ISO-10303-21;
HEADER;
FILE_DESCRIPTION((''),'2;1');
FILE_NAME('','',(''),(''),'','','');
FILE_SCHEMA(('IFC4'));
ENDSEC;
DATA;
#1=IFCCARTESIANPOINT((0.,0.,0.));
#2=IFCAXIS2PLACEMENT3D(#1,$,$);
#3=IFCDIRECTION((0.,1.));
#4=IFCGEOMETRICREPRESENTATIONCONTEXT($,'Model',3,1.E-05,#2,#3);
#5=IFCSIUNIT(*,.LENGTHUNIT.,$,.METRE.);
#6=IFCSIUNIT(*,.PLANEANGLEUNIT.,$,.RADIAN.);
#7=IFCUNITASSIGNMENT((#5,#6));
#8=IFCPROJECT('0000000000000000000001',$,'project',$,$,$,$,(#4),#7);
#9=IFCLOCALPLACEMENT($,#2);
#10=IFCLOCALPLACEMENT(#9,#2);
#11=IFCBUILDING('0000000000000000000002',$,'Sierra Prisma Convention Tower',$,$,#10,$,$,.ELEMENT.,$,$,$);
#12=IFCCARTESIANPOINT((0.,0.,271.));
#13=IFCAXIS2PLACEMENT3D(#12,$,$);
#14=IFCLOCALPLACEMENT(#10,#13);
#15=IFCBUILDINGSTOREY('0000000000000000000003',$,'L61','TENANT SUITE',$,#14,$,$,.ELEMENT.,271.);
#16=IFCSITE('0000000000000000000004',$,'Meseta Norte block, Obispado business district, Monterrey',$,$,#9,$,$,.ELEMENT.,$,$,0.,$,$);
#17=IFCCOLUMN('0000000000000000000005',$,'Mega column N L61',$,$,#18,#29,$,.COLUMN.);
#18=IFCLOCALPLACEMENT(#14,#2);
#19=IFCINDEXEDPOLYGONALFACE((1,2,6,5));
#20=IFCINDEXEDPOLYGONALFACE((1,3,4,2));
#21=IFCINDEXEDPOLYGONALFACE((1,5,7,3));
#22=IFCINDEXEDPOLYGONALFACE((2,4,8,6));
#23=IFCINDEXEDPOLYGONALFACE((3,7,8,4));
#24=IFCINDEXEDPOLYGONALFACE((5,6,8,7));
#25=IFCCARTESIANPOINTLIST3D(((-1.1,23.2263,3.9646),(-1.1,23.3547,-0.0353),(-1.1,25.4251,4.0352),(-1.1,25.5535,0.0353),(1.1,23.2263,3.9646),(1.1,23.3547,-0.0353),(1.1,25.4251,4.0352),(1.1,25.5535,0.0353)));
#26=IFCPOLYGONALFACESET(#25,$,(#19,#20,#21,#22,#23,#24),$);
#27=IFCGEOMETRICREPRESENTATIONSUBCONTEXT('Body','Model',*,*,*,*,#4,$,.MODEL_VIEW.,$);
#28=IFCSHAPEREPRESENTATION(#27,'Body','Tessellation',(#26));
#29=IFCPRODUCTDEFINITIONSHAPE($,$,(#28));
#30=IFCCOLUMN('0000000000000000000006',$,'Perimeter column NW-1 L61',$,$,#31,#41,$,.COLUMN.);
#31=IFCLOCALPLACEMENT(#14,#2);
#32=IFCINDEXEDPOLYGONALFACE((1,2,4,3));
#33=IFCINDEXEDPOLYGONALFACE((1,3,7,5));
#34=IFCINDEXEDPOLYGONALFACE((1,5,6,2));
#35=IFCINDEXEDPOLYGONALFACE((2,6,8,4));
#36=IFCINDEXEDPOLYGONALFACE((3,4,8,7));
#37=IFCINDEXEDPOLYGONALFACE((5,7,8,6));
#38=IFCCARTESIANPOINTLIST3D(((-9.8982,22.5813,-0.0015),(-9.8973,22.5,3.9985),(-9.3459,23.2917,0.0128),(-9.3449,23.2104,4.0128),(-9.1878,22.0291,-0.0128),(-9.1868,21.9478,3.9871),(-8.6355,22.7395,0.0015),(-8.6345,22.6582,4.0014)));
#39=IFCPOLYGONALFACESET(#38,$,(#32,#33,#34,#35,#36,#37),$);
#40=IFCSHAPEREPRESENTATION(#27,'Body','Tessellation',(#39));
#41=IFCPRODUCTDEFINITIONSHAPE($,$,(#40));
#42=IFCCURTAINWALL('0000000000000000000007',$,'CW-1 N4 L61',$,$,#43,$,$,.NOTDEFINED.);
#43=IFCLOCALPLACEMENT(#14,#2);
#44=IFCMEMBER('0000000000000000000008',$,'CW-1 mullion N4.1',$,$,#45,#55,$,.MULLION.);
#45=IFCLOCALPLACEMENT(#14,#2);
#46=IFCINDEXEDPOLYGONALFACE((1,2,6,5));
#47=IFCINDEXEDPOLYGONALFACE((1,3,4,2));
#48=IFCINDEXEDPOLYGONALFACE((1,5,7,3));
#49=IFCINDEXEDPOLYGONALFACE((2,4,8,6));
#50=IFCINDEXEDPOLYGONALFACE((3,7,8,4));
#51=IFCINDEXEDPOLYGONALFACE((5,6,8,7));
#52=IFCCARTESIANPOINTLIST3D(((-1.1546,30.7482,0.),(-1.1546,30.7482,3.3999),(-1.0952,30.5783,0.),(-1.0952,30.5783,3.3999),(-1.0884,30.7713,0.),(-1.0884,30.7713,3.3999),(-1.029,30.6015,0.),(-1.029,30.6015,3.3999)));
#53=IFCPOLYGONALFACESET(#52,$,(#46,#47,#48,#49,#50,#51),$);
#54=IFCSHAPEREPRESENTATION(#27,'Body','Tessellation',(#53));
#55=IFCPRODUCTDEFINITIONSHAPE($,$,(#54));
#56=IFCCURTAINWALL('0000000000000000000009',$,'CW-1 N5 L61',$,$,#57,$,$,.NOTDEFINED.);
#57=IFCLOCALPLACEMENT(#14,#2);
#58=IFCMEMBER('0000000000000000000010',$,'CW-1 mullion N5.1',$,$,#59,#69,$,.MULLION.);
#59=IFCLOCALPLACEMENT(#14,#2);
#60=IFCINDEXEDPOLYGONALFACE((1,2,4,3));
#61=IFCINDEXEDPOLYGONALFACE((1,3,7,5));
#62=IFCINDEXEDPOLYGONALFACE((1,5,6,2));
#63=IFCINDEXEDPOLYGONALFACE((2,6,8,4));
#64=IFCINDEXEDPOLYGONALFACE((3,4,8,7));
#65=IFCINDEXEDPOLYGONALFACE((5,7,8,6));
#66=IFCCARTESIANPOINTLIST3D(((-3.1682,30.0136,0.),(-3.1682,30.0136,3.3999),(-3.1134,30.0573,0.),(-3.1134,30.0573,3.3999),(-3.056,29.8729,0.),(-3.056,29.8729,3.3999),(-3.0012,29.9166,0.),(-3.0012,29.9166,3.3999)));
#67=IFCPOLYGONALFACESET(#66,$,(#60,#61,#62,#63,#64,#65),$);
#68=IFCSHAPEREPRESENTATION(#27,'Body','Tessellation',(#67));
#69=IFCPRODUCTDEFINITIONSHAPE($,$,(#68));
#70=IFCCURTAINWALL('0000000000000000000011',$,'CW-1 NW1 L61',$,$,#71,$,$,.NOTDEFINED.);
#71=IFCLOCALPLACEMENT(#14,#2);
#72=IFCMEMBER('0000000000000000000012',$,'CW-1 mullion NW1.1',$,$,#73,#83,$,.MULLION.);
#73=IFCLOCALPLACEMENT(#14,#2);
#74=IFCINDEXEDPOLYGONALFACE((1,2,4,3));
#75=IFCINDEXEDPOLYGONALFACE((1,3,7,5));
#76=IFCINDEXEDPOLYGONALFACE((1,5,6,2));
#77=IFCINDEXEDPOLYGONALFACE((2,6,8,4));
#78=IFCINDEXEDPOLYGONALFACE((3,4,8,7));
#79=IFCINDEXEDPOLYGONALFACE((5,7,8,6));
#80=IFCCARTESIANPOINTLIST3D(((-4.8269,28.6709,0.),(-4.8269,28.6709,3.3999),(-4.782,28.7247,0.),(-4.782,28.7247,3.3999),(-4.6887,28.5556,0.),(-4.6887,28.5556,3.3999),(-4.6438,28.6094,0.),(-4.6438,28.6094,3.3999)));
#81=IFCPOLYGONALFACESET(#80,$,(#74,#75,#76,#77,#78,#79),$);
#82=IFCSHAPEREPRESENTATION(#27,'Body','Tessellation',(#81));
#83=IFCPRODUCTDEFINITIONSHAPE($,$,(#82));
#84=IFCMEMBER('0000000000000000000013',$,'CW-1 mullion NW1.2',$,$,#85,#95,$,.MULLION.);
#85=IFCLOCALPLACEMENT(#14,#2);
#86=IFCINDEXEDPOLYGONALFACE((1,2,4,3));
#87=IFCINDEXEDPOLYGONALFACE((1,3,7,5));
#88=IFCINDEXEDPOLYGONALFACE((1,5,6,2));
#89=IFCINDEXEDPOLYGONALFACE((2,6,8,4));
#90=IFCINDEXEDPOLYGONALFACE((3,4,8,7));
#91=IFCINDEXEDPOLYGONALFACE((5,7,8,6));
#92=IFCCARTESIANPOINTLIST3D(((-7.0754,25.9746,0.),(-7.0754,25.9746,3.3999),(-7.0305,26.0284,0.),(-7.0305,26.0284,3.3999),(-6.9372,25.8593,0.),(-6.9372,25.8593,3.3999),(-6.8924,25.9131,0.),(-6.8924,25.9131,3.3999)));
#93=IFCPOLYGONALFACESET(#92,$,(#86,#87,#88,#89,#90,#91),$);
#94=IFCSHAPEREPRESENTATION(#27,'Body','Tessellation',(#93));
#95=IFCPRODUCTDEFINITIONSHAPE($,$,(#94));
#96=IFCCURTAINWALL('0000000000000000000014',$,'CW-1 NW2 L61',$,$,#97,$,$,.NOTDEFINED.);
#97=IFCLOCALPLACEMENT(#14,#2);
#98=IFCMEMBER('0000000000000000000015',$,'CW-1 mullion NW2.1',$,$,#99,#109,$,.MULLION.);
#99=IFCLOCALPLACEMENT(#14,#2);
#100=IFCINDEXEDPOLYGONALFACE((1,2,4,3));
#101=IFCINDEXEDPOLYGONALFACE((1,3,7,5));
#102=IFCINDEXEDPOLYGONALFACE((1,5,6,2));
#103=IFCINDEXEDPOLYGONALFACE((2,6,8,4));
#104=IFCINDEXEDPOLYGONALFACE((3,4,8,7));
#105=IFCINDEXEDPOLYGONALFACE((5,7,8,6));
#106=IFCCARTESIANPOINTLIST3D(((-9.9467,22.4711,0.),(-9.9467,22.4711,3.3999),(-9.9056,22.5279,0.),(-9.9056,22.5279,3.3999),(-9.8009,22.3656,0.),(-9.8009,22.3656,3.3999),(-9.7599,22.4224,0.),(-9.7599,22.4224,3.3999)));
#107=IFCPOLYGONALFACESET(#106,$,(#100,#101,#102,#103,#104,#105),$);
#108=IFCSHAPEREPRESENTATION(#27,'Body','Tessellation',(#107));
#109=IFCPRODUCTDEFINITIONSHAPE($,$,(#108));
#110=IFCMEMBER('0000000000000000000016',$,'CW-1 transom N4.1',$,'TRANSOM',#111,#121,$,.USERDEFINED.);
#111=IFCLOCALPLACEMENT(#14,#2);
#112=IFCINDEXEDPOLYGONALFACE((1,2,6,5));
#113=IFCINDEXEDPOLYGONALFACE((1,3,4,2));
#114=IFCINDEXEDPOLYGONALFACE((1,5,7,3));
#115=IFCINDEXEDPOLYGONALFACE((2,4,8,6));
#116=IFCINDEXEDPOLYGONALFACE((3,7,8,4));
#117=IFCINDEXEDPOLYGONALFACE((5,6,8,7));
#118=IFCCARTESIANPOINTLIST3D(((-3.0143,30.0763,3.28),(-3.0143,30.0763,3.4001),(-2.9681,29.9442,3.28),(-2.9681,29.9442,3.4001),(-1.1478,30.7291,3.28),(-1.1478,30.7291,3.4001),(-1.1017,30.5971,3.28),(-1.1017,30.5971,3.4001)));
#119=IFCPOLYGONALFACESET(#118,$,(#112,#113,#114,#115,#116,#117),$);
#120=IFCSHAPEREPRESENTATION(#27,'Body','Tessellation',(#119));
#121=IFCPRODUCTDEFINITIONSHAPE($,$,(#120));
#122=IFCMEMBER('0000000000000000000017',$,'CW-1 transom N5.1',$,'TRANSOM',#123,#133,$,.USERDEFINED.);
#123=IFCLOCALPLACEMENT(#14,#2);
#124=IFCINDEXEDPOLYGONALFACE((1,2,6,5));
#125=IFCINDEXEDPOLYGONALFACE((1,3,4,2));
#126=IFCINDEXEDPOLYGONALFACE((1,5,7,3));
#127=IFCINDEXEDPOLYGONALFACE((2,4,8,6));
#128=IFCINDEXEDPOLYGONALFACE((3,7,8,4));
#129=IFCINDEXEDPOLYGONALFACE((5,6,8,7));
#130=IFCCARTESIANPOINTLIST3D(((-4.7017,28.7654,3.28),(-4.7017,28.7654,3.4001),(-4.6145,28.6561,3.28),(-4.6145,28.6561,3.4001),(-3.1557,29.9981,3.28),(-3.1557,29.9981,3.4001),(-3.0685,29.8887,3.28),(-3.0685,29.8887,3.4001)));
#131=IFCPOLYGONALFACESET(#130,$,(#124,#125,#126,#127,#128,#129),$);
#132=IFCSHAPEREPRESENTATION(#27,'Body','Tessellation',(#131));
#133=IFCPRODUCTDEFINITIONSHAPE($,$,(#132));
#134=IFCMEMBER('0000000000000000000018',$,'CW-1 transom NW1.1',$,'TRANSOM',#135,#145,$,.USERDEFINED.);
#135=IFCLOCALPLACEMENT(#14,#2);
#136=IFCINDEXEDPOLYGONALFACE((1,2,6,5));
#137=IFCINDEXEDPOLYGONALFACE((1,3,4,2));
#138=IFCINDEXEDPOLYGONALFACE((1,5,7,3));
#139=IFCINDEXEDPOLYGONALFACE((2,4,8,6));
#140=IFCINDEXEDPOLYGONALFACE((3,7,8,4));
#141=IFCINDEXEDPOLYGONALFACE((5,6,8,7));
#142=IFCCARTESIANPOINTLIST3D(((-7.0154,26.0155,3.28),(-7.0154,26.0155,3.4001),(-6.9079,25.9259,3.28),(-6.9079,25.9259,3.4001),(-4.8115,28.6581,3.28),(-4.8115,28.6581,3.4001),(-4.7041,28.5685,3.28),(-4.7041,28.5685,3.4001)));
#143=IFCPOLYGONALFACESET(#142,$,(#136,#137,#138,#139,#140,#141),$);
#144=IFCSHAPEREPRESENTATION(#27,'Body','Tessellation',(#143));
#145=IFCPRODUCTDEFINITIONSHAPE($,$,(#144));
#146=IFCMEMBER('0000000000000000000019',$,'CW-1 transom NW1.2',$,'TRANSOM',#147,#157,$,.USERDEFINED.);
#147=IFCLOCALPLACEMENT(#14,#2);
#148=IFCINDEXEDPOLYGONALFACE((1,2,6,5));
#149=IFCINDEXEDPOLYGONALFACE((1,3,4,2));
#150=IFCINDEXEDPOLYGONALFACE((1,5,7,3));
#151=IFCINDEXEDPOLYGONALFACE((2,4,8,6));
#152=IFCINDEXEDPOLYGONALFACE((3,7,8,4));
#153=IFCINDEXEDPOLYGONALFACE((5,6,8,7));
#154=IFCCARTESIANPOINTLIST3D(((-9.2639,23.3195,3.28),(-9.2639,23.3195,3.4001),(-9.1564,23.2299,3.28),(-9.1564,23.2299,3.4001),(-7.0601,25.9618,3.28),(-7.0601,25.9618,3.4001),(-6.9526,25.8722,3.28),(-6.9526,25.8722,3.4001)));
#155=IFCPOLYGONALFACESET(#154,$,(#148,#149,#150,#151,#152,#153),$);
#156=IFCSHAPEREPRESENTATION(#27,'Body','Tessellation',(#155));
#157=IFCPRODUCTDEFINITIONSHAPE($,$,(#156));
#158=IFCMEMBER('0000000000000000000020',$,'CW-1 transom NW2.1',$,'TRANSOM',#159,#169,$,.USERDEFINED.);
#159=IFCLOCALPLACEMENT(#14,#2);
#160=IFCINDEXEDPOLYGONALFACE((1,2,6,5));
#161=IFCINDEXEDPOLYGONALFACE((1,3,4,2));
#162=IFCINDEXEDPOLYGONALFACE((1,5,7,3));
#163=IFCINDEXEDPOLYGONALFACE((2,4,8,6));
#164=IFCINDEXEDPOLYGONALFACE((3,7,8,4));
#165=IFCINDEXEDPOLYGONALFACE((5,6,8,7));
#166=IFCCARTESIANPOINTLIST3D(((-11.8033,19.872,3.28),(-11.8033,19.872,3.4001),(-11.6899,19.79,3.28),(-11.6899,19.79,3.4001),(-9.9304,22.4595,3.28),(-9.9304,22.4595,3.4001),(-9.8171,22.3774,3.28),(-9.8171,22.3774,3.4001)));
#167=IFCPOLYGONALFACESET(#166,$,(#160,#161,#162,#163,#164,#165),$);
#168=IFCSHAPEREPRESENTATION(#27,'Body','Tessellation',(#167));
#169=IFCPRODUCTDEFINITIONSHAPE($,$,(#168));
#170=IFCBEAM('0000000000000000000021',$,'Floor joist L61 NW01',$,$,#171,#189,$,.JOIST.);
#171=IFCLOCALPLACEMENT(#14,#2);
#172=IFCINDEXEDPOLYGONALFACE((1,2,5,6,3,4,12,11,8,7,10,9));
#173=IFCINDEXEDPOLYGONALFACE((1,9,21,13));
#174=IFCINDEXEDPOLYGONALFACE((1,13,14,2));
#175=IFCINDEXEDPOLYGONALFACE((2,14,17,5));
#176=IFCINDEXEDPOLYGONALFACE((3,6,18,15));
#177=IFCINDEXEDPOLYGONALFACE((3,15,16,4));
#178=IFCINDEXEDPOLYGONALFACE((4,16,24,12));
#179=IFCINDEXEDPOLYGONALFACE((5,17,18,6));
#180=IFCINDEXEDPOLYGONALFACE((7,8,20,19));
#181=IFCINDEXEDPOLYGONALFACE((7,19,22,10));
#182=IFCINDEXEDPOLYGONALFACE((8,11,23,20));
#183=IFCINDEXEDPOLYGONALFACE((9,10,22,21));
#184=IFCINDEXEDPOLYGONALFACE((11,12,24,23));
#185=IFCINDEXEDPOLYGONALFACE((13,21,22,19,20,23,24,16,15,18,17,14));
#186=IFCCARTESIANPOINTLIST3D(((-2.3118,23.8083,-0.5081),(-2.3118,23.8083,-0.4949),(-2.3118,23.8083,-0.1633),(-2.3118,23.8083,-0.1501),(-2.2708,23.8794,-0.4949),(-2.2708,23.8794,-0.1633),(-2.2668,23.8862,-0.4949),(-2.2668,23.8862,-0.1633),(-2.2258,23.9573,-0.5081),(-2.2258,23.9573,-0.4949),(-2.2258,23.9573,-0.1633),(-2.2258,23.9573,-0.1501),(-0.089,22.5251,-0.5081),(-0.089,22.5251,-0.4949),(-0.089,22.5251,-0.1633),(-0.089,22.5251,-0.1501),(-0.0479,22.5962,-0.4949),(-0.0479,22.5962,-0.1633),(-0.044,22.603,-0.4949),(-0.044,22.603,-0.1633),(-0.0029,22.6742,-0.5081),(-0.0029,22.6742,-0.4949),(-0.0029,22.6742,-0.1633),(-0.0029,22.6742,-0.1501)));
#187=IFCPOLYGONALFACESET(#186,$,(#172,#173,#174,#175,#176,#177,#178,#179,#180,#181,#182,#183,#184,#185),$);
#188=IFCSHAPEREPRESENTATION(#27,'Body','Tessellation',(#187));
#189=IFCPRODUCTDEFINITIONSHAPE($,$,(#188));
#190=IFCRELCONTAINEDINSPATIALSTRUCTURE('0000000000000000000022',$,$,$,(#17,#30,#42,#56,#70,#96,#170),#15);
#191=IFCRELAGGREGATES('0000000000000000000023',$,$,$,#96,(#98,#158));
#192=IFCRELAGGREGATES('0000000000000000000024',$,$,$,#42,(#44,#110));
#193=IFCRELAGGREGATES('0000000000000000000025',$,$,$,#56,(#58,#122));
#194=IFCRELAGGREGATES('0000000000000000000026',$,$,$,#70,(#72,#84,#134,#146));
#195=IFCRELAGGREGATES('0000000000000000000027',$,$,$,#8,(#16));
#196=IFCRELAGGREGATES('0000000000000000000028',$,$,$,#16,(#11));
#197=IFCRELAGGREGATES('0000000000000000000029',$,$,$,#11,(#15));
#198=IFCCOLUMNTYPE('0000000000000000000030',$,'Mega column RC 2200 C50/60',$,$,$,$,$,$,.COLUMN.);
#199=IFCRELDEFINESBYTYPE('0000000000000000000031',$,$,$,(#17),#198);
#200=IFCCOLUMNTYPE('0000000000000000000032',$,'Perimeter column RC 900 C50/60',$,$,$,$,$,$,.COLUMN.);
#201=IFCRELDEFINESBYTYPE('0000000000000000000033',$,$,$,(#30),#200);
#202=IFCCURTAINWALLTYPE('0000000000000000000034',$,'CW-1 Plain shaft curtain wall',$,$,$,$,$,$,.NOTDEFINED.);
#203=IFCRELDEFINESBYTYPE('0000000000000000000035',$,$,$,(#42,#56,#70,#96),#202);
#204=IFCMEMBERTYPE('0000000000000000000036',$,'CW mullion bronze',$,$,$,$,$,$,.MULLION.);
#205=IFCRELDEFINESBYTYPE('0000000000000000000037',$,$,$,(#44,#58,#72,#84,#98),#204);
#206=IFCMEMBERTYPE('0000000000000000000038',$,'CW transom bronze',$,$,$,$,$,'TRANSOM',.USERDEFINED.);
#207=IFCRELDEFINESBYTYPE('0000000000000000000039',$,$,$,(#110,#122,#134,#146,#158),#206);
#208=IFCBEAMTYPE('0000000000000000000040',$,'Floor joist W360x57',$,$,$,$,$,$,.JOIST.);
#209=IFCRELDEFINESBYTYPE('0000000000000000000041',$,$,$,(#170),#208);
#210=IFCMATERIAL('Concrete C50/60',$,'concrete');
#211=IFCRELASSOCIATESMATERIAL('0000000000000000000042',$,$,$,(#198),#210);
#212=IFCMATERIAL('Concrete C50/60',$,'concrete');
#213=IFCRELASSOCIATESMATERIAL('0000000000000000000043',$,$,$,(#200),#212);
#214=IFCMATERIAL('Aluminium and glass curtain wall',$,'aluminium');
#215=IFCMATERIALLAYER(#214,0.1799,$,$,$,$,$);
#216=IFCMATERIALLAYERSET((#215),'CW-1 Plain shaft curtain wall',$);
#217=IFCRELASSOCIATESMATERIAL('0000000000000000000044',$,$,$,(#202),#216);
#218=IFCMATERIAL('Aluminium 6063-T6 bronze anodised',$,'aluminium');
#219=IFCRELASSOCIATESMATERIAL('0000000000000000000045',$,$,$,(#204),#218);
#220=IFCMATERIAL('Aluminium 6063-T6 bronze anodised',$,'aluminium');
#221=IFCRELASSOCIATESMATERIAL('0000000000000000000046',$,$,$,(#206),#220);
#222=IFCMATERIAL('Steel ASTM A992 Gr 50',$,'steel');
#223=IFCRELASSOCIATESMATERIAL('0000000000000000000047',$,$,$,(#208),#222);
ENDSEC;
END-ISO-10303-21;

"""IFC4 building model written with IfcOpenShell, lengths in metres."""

from ifc_helpers import new_model, si_unit, direction, frame, origin, origin_2d, place, context, subcontext, project, spatial, rectangle, i_section, extrude, material, layer, layer_set, material_profile, profile_set, type_object, element, aggregate, save


model = new_model("IFC4")

# Units and contexts
model_context = context("Model", 3, precision=1e-05, world=origin(), true_north=direction((0.0, 1.0)))
body_context = subcontext(model_context, "Body", "Model", "MODEL_VIEW")
ifc_project = project(units=[si_unit("LENGTHUNIT", "METRE"), si_unit("PLANEANGLEUNIT", "RADIAN")], contexts=[model_context])

# Site, building, storey
site_placement = place(None, origin())
site = spatial("IfcSite", under=ifc_project, at=site_placement, Name="Meseta Norte block, Obispado business district, Monterrey", CompositionType="ELEMENT", RefElevation=0.0)
building_placement = place(site_placement, origin())
building = spatial("IfcBuilding", under=site, at=building_placement, Name="Sierra Prisma Convention Tower", CompositionType="ELEMENT")
storey_placement = place(building_placement, frame((0.0, 0.0, 271.0)))
storey = spatial("IfcBuildingStorey", under=building, at=storey_placement, Name="L61", Description="TENANT SUITE", CompositionType="ELEMENT", Elevation=271.0)

# Columns
ifc_material_1 = material(Name="Concrete C50/60", Category="concrete")
ifc_material_profile_1 = material_profile(ifc_material_1, rectangle(XDim=2.2, YDim=2.2, at=origin_2d()), Name="Mega column RC 2200 C50/60")
ifc_profile_set_1 = profile_set([ifc_material_profile_1], Name="Concrete C50/60")
column_type_1 = type_object("IfcColumnType", Name="Mega column RC 2200 C50/60", PredefinedType="COLUMN", material=ifc_profile_set_1)
column_1_placement = place(storey_placement, frame((0.0, 24.4541, 0.0), z_axis=(0.0, -0.032088, 0.999485), x_axis=(1.0, 0.0, 0.0)))
element("IfcColumn", 1, at=column_1_placement, inside=storey, type_object=column_type_1, Name="Mega column N L61", PredefinedType="COLUMN", context=body_context, shape_type="SweptSolid", body=[
    extrude(rectangle(XDim=2.2, YDim=2.2, at=origin_2d()), origin(), (0.0, 0.0, 1.0), 4.002),
])
ifc_material_2 = material(Name="Concrete C50/60", Category="concrete")
ifc_material_profile_2 = material_profile(ifc_material_2, rectangle(XDim=0.8999, YDim=0.8999, at=origin_2d()), Name="Perimeter column RC 900 C50/60")
ifc_profile_set_2 = profile_set([ifc_material_profile_2], Name="Concrete C50/60")
column_type_2 = type_object("IfcColumnType", Name="Perimeter column RC 900 C50/60", PredefinedType="COLUMN", material=ifc_profile_set_2)
column_2_placement = place(storey_placement, frame((-9.2668, 22.6604, 0.0), z_axis=(0.000244, -0.020321, 0.999793), x_axis=(0.613762, 0.789331, 0.015893)))
element("IfcColumn", 2, at=column_2_placement, inside=storey, type_object=column_type_2, Name="Perimeter column NW-1 L61", PredefinedType="COLUMN", context=body_context, shape_type="SweptSolid", body=[
    extrude(rectangle(XDim=0.8999, YDim=0.8999, at=origin_2d()), origin(), (0.0, 0.0, 1.0), 4.0007),
])

# Curtain walls, members
ifc_material_3 = material(Name="Aluminium and glass curtain wall", Category="aluminium")
ifc_layer_1 = layer(ifc_material_3, 0.1799)
ifc_layer_set_1 = layer_set([ifc_layer_1], Name="CW-1 Plain shaft curtain wall")
curtain_wall_type = type_object("IfcCurtainWallType", Name="CW-1 Plain shaft curtain wall", PredefinedType="NOTDEFINED", material=ifc_layer_set_1)
curtain_wall_1_placement = place(storey_placement, origin())
curtain_wall_1 = element("IfcCurtainWall", 3, at=curtain_wall_1_placement, inside=storey, type_object=curtain_wall_type, Name="CW-1 N4 L61", PredefinedType="NOTDEFINED")
ifc_material_4 = material(Name="Aluminium 6063-T6 bronze anodised", Category="aluminium")
ifc_material_profile_3 = material_profile(ifc_material_4, rectangle(XDim=0.1799, YDim=0.0701, at=origin_2d()), Name="ALU MULLION 70x180")
ifc_profile_set_3 = profile_set([ifc_material_profile_3], Name="Aluminium 6063-T6 bronze anodised")
member_type_1 = type_object("IfcMemberType", Name="CW mullion bronze", PredefinedType="MULLION", material=ifc_profile_set_3)
member_1_placement = place(storey_placement, frame((-1.0918, 30.6748, 0.0), z_axis=(0.0, 0.0, 1.0), x_axis=(0.330231, -0.9439, 0.0)))
member_1 = element("IfcMember", 4, at=member_1_placement, type_object=member_type_1, Name="CW-1 mullion N4.1", PredefinedType="MULLION", context=body_context, shape_type="SweptSolid", body=[
    extrude(rectangle(XDim=0.1799, YDim=0.0701, at=origin_2d()), origin(), (0.0, 0.0, 1.0), 3.3999),
])
curtain_wall_2_placement = place(storey_placement, origin())
curtain_wall_2 = element("IfcCurtainWall", 5, at=curtain_wall_2_placement, inside=storey, type_object=curtain_wall_type, Name="CW-1 N5 L61", PredefinedType="NOTDEFINED")
member_2_placement = place(storey_placement, frame((-3.0847, 29.9651, 0.0), z_axis=(0.0, 0.0, 1.0), x_axis=(0.62341, -0.781895, 0.0)))
member_2 = element("IfcMember", 6, at=member_2_placement, type_object=member_type_1, Name="CW-1 mullion N5.1", PredefinedType="MULLION", context=body_context, shape_type="SweptSolid", body=[
    extrude(rectangle(XDim=0.1799, YDim=0.0701, at=origin_2d()), origin(), (0.0, 0.0, 1.0), 3.3999),
])

# Curtain wall, members
curtain_wall_3_placement = place(storey_placement, origin())
curtain_wall_3 = element("IfcCurtainWall", 7, at=curtain_wall_3_placement, inside=storey, type_object=curtain_wall_type, Name="CW-1 NW1 L61", PredefinedType="NOTDEFINED")
member_3_placement = place(storey_placement, frame((-4.7354, 28.6401, 0.0), z_axis=(0.0, 0.0, 1.0), x_axis=(0.767976, -0.640479, 0.0)))
member_3 = element("IfcMember", 8, at=member_3_placement, type_object=member_type_1, Name="CW-1 mullion NW1.1", PredefinedType="MULLION", context=body_context, shape_type="SweptSolid", body=[
    extrude(rectangle(XDim=0.1799, YDim=0.0701, at=origin_2d()), origin(), (0.0, 0.0, 1.0), 3.3999),
])
member_4_placement = place(storey_placement, frame((-6.9839, 25.9438, 0.0), z_axis=(0.0, 0.0, 1.0), x_axis=(0.767976, -0.640479, 0.0)))
member_4 = element("IfcMember", 9, at=member_4_placement, type_object=member_type_1, Name="CW-1 mullion NW1.2", PredefinedType="MULLION", context=body_context, shape_type="SweptSolid", body=[
    extrude(rectangle(XDim=0.1799, YDim=0.0701, at=origin_2d()), origin(), (0.0, 0.0, 1.0), 3.3999),
])

# Curtain wall, member
curtain_wall_4_placement = place(storey_placement, origin())
curtain_wall_4 = element("IfcCurtainWall", 10, at=curtain_wall_4_placement, inside=storey, type_object=curtain_wall_type, Name="CW-1 NW2 L61", PredefinedType="NOTDEFINED")
member_5_placement = place(storey_placement, frame((-9.8533, 22.4468, 0.0), z_axis=(0.0, 0.0, 1.0), x_axis=(0.810077, -0.586323, 0.0)))
member_5 = element("IfcMember", 11, at=member_5_placement, type_object=member_type_1, Name="CW-1 mullion NW2.1", PredefinedType="MULLION", context=body_context, shape_type="SweptSolid", body=[
    extrude(rectangle(XDim=0.1799, YDim=0.0701, at=origin_2d()), origin(), (0.0, 0.0, 1.0), 3.3999),
])

# Members
ifc_material_5 = material(Name="Aluminium 6063-T6 bronze anodised", Category="aluminium")
ifc_material_profile_4 = material_profile(ifc_material_5, rectangle(XDim=0.1399, YDim=0.1201, at=origin_2d()), Name="ALU TRANSOM 120x140")
ifc_profile_set_4 = profile_set([ifc_material_profile_4], Name="Aluminium 6063-T6 bronze anodised")
member_type_2 = type_object("IfcMemberType", Name="CW transom bronze", ElementType="TRANSOM", PredefinedType="USERDEFINED", material=ifc_profile_set_4)
member_6_placement = place(storey_placement, frame((-1.1248, 30.6631, 3.3401), z_axis=(-0.943926, -0.330158, 0.0), x_axis=(0.330158, -0.943926, 0.0)))
member_6 = element("IfcMember", 12, at=member_6_placement, type_object=member_type_2, Name="CW-1 transom N4.1", ObjectType="TRANSOM", PredefinedType="USERDEFINED", context=body_context, shape_type="SweptSolid", body=[
    extrude(rectangle(XDim=0.1399, YDim=0.1201, at=origin_2d()), origin(), (0.0, 0.0, 1.0), 1.9773),
])
member_7_placement = place(storey_placement, frame((-3.1121, 29.9434, 3.3401), z_axis=(-0.781916, -0.623384, 0.0), x_axis=(0.623384, -0.781916, 0.0)))
member_7 = element("IfcMember", 13, at=member_7_placement, type_object=member_type_2, Name="CW-1 transom N5.1", ObjectType="TRANSOM", PredefinedType="USERDEFINED", context=body_context, shape_type="SweptSolid", body=[
    extrude(rectangle(XDim=0.1399, YDim=0.1201, at=origin_2d()), origin(), (0.0, 0.0, 1.0), 1.9773),
])
member_8_placement = place(storey_placement, frame((-4.7578, 28.6133, 3.3401), z_axis=(-0.640477, -0.767977, 0.0), x_axis=(0.767977, -0.640477, 0.0)))
member_8 = element("IfcMember", 14, at=member_8_placement, type_object=member_type_2, Name="CW-1 transom NW1.1", ObjectType="TRANSOM", PredefinedType="USERDEFINED", context=body_context, shape_type="SweptSolid", body=[
    extrude(rectangle(XDim=0.1399, YDim=0.1201, at=origin_2d()), origin(), (0.0, 0.0, 1.0), 3.4409),
])
member_9_placement = place(storey_placement, frame((-7.0063, 25.917, 3.3401), z_axis=(-0.640512, -0.767948, 0.0), x_axis=(0.767948, -0.640512, 0.0)))
member_9 = element("IfcMember", 15, at=member_9_placement, type_object=member_type_2, Name="CW-1 transom NW1.2", ObjectType="TRANSOM", PredefinedType="USERDEFINED", context=body_context, shape_type="SweptSolid", body=[
    extrude(rectangle(XDim=0.1399, YDim=0.1201, at=origin_2d()), origin(), (0.0, 0.0, 1.0), 3.4407),
])
member_10_placement = place(storey_placement, frame((-9.8738, 22.4185, 3.3401), z_axis=(-0.586339, -0.810066, 0.0), x_axis=(0.810066, -0.586339, 0.0)))
member_10 = element("IfcMember", 16, at=member_10_placement, type_object=member_type_2, Name="CW-1 transom NW2.1", ObjectType="TRANSOM", PredefinedType="USERDEFINED", context=body_context, shape_type="SweptSolid", body=[
    extrude(rectangle(XDim=0.1399, YDim=0.1201, at=origin_2d()), origin(), (0.0, 0.0, 1.0), 3.1941),
])
aggregate(curtain_wall_4, [member_5, member_10])

# Beam
ifc_material_6 = material(Name="Steel ASTM A992 Gr 50", Category="steel")
ifc_material_profile_5 = material_profile(ifc_material_6, i_section(OverallWidth=0.1721, OverallDepth=0.3579, WebThickness=0.0078, FlangeThickness=0.0132, at=origin_2d()), Name="W360x57")
ifc_profile_set_5 = profile_set([ifc_material_profile_5], Name="Steel ASTM A992 Gr 50")
beam_type_1 = type_object("IfcBeamType", Name="Floor joist W360x57", PredefinedType="JOIST", material=ifc_profile_set_5)
beam_1_placement = place(storey_placement, frame((-2.2688, 23.8828, -0.3291), z_axis=(0.866057, -0.499945, 0.0), x_axis=(0.499945, 0.866057, 0.0)))
element("IfcBeam", 17, at=beam_1_placement, inside=storey, type_object=beam_type_1, Name="Floor joist L61 NW01", PredefinedType="JOIST", context=body_context, shape_type="SweptSolid", body=[
    extrude(i_section(OverallWidth=0.1721, OverallDepth=0.3579, WebThickness=0.0078, FlangeThickness=0.0132, at=origin_2d()), origin(), (0.0, 0.0, 1.0), 2.5667),
])

aggregate(curtain_wall_1, [member_1, member_6])
aggregate(curtain_wall_2, [member_2, member_7])
aggregate(curtain_wall_3, [member_3, member_4, member_8, member_9])

save(model, "model.ifc")
